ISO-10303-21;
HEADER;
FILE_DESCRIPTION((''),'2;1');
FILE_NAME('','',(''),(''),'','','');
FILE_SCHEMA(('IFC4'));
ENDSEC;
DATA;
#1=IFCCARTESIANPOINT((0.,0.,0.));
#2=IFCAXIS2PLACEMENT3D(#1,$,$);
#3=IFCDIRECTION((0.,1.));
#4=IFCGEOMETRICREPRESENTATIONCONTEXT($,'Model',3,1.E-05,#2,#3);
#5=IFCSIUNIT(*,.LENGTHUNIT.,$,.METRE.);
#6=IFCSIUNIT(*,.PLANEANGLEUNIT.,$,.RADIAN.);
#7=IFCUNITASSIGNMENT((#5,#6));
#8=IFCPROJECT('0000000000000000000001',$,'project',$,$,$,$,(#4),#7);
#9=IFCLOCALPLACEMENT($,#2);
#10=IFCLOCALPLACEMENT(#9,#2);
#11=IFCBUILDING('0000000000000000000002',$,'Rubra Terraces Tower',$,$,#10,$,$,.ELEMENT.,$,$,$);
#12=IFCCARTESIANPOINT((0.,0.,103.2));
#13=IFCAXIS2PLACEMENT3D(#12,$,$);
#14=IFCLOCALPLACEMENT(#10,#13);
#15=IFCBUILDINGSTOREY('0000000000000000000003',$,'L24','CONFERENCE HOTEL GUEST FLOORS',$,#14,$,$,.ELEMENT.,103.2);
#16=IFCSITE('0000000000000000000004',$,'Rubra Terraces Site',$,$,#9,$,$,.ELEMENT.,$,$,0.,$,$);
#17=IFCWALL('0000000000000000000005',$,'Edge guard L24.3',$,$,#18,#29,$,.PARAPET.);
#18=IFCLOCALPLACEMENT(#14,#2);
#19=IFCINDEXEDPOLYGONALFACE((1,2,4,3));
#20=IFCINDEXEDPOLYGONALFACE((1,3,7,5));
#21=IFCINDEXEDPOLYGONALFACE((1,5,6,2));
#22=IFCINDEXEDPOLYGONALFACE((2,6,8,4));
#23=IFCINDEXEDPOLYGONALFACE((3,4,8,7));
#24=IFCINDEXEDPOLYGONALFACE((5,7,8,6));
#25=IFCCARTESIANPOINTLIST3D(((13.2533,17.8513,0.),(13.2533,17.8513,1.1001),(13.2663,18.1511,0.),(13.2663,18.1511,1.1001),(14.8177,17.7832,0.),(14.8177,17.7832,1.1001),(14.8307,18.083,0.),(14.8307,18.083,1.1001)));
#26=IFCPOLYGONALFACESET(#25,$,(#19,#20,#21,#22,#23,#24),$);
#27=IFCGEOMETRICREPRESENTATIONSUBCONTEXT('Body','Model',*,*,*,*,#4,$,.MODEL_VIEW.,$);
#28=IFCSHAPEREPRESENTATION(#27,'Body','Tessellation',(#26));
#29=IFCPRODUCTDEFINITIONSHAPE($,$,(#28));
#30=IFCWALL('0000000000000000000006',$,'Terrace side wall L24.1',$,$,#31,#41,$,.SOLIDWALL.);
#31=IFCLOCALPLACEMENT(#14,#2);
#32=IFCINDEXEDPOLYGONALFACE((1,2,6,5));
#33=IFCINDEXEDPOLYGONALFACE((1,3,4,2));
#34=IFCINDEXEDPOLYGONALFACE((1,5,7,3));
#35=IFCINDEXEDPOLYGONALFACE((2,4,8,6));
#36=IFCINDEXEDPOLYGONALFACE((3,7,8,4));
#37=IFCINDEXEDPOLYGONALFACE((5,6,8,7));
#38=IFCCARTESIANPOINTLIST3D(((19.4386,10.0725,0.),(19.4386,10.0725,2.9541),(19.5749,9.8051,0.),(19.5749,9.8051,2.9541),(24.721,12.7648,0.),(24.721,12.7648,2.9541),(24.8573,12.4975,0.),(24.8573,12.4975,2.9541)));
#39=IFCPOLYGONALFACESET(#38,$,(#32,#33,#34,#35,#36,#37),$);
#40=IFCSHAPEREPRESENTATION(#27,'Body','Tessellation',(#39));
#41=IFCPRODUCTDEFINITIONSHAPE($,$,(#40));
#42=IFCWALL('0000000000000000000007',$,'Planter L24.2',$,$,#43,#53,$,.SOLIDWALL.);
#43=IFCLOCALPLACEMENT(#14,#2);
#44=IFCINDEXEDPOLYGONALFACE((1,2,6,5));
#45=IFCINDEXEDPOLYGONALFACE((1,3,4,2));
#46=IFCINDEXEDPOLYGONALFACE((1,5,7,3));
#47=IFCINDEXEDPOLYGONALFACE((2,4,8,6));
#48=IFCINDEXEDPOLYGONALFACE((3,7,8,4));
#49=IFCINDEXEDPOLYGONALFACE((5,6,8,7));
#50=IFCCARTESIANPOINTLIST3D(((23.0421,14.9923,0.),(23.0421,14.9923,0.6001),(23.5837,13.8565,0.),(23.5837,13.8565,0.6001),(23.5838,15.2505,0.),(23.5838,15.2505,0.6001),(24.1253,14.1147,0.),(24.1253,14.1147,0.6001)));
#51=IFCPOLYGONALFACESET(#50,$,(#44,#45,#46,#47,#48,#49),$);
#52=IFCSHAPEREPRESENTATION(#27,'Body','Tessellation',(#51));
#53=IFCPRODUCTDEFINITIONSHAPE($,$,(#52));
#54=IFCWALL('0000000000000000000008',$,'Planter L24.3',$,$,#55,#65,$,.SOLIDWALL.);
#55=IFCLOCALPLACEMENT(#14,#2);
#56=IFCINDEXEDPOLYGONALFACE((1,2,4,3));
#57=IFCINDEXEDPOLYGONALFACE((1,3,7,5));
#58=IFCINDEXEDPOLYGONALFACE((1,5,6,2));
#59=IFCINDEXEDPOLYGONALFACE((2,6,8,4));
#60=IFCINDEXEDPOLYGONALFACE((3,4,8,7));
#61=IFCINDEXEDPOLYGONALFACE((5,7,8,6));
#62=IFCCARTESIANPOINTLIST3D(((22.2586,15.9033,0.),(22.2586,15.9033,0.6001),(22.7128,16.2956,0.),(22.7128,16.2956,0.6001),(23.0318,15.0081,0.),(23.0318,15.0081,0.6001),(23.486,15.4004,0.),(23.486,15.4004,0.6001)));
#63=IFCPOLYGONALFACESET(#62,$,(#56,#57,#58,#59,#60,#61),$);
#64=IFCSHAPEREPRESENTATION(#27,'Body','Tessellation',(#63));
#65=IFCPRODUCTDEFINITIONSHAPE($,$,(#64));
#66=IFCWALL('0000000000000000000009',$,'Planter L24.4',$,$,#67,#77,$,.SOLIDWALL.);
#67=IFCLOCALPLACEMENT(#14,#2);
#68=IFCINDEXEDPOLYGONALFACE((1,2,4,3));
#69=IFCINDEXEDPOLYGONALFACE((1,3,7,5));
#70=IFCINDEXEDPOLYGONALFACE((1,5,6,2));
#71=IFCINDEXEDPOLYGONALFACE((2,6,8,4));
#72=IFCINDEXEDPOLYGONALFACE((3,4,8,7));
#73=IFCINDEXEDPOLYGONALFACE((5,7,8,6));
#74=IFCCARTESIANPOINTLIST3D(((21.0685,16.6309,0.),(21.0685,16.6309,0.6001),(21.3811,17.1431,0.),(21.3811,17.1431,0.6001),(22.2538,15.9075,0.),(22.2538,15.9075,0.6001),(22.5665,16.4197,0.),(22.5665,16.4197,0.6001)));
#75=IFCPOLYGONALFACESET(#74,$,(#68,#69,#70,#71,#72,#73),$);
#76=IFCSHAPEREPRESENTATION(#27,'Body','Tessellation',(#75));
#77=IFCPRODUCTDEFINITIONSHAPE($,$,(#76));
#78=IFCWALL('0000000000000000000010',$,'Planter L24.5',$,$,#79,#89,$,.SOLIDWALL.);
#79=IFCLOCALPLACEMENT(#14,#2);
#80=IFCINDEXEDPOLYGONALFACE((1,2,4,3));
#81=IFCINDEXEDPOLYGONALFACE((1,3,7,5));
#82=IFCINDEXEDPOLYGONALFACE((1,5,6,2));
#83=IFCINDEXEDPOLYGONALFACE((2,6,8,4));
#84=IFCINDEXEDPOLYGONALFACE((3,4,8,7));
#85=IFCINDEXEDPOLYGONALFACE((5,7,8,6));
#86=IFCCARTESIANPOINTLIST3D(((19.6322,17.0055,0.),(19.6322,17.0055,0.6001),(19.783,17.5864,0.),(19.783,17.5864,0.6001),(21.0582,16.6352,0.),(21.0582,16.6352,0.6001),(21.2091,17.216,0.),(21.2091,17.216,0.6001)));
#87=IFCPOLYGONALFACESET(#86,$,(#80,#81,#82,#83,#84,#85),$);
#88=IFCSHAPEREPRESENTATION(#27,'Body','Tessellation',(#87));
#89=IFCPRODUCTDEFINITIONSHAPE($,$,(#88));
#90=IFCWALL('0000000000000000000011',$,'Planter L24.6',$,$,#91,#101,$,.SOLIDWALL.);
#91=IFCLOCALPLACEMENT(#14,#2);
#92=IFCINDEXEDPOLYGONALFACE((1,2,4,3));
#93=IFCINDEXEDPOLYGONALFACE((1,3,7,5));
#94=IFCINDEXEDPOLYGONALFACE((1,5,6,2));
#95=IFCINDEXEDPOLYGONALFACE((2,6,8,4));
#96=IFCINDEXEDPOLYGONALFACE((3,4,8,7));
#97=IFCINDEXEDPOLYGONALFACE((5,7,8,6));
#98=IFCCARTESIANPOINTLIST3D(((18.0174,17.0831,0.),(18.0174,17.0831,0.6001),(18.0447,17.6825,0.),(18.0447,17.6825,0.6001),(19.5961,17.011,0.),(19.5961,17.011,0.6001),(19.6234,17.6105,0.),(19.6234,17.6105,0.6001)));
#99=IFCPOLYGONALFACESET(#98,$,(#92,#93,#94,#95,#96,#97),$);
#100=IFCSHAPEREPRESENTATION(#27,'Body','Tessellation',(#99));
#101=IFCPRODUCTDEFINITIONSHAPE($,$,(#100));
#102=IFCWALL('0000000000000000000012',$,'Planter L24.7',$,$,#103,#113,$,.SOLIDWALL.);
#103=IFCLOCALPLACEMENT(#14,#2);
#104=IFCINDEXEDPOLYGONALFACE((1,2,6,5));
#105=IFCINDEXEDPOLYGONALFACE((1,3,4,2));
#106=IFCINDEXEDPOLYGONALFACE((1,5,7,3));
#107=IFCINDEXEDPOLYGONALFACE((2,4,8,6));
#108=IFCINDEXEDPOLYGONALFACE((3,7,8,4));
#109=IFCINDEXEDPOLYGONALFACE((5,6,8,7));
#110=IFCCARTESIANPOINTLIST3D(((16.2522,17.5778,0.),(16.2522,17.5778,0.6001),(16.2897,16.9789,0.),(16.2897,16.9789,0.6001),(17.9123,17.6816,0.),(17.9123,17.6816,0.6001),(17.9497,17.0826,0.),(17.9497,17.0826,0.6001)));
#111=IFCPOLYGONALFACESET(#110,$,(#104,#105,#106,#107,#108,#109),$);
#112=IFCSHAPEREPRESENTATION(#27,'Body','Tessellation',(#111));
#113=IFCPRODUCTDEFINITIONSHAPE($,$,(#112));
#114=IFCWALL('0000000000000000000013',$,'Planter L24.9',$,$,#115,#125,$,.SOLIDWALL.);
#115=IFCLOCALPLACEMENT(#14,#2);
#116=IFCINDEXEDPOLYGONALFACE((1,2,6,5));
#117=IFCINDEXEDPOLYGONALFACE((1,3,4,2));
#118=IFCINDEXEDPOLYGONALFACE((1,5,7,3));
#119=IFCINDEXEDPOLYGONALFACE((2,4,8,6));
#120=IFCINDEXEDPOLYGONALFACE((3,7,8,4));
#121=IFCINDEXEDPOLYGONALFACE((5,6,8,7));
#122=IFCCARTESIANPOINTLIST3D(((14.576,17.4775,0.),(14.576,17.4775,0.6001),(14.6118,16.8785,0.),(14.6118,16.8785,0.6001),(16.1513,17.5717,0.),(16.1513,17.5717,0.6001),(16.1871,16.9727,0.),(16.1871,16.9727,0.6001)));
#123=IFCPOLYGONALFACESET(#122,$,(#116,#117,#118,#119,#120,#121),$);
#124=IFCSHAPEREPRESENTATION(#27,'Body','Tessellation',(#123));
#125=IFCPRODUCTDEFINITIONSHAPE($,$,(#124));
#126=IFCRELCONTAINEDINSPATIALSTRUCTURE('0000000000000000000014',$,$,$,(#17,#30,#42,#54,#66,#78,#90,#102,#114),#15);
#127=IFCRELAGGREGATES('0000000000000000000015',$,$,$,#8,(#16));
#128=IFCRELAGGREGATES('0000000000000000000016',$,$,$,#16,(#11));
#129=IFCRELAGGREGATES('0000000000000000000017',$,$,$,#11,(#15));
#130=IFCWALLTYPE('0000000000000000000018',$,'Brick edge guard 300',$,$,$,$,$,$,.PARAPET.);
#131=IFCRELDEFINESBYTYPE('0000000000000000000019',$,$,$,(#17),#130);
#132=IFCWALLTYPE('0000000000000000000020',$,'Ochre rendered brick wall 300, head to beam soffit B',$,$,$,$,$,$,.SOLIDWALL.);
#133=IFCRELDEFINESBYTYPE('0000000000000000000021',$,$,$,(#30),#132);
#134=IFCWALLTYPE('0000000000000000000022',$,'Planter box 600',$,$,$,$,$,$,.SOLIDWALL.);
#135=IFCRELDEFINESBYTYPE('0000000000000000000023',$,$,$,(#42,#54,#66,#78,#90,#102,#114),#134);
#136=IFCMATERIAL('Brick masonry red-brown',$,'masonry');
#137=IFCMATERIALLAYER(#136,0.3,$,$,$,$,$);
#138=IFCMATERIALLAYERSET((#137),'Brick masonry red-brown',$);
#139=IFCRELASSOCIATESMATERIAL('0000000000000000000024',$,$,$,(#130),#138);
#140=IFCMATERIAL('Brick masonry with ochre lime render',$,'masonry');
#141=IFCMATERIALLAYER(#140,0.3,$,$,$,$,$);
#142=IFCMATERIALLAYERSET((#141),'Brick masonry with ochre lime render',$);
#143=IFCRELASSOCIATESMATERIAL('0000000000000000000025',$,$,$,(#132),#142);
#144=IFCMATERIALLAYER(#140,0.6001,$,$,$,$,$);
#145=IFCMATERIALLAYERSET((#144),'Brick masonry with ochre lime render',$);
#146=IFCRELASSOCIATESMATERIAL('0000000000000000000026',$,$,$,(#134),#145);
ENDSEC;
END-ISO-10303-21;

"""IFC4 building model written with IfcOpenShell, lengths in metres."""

from ifc_helpers import new_model, si_unit, direction, frame, frame_2d, origin, place, context, subcontext, project, spatial, rectangle, extrude, material, layer, layer_set, type_object, element, save


model = new_model("IFC4")

# Units and contexts
model_context = context("Model", 3, precision=1e-05, world=origin(), true_north=direction((0.0, 1.0)))
body_context = subcontext(model_context, "Body", "Model", "MODEL_VIEW")
ifc_project = project(units=[si_unit("LENGTHUNIT", "METRE"), si_unit("PLANEANGLEUNIT", "RADIAN")], contexts=[model_context])

# Site, building, storey
site_placement = place(None, origin())
site = spatial("IfcSite", under=ifc_project, at=site_placement, Name="Rubra Terraces Site", CompositionType="ELEMENT", RefElevation=0.0)
building_placement = place(site_placement, origin())
building = spatial("IfcBuilding", under=site, at=building_placement, Name="Rubra Terraces Tower", CompositionType="ELEMENT")
storey_placement = place(building_placement, frame((0.0, 0.0, 103.2)))
storey = spatial("IfcBuildingStorey", under=building, at=storey_placement, Name="L24", Description="CONFERENCE HOTEL GUEST FLOORS", CompositionType="ELEMENT", Elevation=103.2)

# Wall
ifc_material_1 = material(Name="Brick masonry red-brown", Category="masonry")
ifc_layer_1 = layer(ifc_material_1, 0.3)
ifc_layer_set_1 = layer_set([ifc_layer_1], Name="Brick masonry red-brown")
wall_type_1 = type_object("IfcWallType", Name="Brick edge guard 300", PredefinedType="PARAPET", material=ifc_layer_set_1)
wall_1_placement = place(storey_placement, frame((14.8242, 17.9331, 0.0), z_axis=(0.0, 0.0, 1.0), x_axis=(-0.999054, 0.043498, 0.0)))
element("IfcWall", 1, at=wall_1_placement, inside=storey, type_object=wall_type_1, Name="Edge guard L24.3", PredefinedType="PARAPET", context=body_context, shape_type="SweptSolid", body=[
    extrude(rectangle(XDim=1.5659, YDim=0.3, at=frame_2d((0.783, 0.0))), origin(), (0.0, 0.0, 1.0), 1.1001),
])

# Shared definitions
ifc_material_2 = material(Name="Brick masonry with ochre lime render", Category="masonry")

# Walls
ifc_layer_2 = layer(ifc_material_2, 0.3)
ifc_layer_set_2 = layer_set([ifc_layer_2], Name="Brick masonry with ochre lime render")
wall_type_2 = type_object("IfcWallType", Name="Ochre rendered brick wall 300, head to beam soffit B", PredefinedType="SOLIDWALL", material=ifc_layer_set_2)
wall_2_placement = place(storey_placement, frame((24.7891, 12.6311, 0.0), z_axis=(0.0, 0.0, 1.0), x_axis=(-0.89095, -0.454102, 0.0)))
element("IfcWall", 2, at=wall_2_placement, inside=storey, type_object=wall_type_2, Name="Terrace side wall L24.1", PredefinedType="SOLIDWALL", context=body_context, shape_type="SweptSolid", body=[
    extrude(rectangle(XDim=5.929, YDim=0.3, at=frame_2d((2.9644, 0.0))), origin(), (0.0, 0.0, 1.0), 2.9541),
])
ifc_layer_3 = layer(ifc_material_2, 0.6001)
ifc_layer_set_3 = layer_set([ifc_layer_3], Name="Brick masonry with ochre lime render")
wall_type_3 = type_object("IfcWallType", Name="Planter box 600", PredefinedType="SOLIDWALL", material=ifc_layer_set_3)
wall_3_placement = place(storey_placement, frame((23.8545, 13.9856, 0.0), z_axis=(0.0, 0.0, 1.0), x_axis=(-0.43037, 0.902652, 0.0)))
element("IfcWall", 3, at=wall_3_placement, inside=storey, type_object=wall_type_3, Name="Planter L24.2", PredefinedType="SOLIDWALL", context=body_context, shape_type="SweptSolid", body=[
    extrude(rectangle(XDim=1.2583, YDim=0.6001, at=frame_2d((0.6292, 0.0))), origin(), (0.0, 0.0, 1.0), 0.6001),
])
wall_4_placement = place(storey_placement, frame((23.2588, 15.2043, 0.0), z_axis=(0.0, 0.0, 1.0), x_axis=(-0.653625, 0.756818, 0.0)))
element("IfcWall", 4, at=wall_4_placement, inside=storey, type_object=wall_type_3, Name="Planter L24.3", PredefinedType="SOLIDWALL", context=body_context, shape_type="SweptSolid", body=[
    extrude(rectangle(XDim=1.1829, YDim=0.6001, at=frame_2d((0.5913, 0.0))), origin(), (0.0, 0.0, 1.0), 0.6001),
])
wall_5_placement = place(storey_placement, frame((22.4102, 16.1636, 0.0), z_axis=(0.0, 0.0, 1.0), x_axis=(-0.85359, 0.520945, 0.0)))
element("IfcWall", 5, at=wall_5_placement, inside=storey, type_object=wall_type_3, Name="Planter L24.4", PredefinedType="SOLIDWALL", context=body_context, shape_type="SweptSolid", body=[
    extrude(rectangle(XDim=1.3887, YDim=0.6001, at=frame_2d((0.6943, 0.0))), origin(), (0.0, 0.0, 1.0), 0.6001),
])
wall_6_placement = place(storey_placement, frame((21.1338, 16.9255, 0.0), z_axis=(0.0, 0.0, 1.0), x_axis=(-0.967889, 0.251376, 0.0)))
element("IfcWall", 6, at=wall_6_placement, inside=storey, type_object=wall_type_3, Name="Planter L24.5", PredefinedType="SOLIDWALL", context=body_context, shape_type="SweptSolid", body=[
    extrude(rectangle(XDim=1.4734, YDim=0.6001, at=frame_2d((0.7368, 0.0))), origin(), (0.0, 0.0, 1.0), 0.6001),
])
wall_7_placement = place(storey_placement, frame((19.6096, 17.3108, 0.0), z_axis=(0.0, 0.0, 1.0), x_axis=(-0.998961, 0.045576, 0.0)))
element("IfcWall", 7, at=wall_7_placement, inside=storey, type_object=wall_type_3, Name="Planter L24.6", PredefinedType="SOLIDWALL", context=body_context, shape_type="SweptSolid", body=[
    extrude(rectangle(XDim=1.5803, YDim=0.6001, at=frame_2d((0.79, 0.0))), origin(), (0.0, 0.0, 1.0), 0.6001),
])
wall_8_placement = place(storey_placement, frame((17.9309, 17.3821, 0.0), z_axis=(0.0, 0.0, 1.0), x_axis=(-0.998053, -0.062378, 0.0)))
element("IfcWall", 8, at=wall_8_placement, inside=storey, type_object=wall_type_3, Name="Planter L24.7", PredefinedType="SOLIDWALL", context=body_context, shape_type="SweptSolid", body=[
    extrude(rectangle(XDim=1.6633, YDim=0.6001, at=frame_2d((0.8315, 0.0))), origin(), (0.0, 0.0, 1.0), 0.6001),
])
wall_9_placement = place(storey_placement, frame((16.1692, 17.2722, 0.0), z_axis=(0.0, 0.0, 1.0), x_axis=(-0.998215, -0.05972, 0.0)))
element("IfcWall", 9, at=wall_9_placement, inside=storey, type_object=wall_type_3, Name="Planter L24.9", PredefinedType="SOLIDWALL", context=body_context, shape_type="SweptSolid", body=[
    extrude(rectangle(XDim=1.5781, YDim=0.6001, at=frame_2d((0.7891, 0.0))), origin(), (0.0, 0.0, 1.0), 0.6001),
])

save(model, "model.ifc")
